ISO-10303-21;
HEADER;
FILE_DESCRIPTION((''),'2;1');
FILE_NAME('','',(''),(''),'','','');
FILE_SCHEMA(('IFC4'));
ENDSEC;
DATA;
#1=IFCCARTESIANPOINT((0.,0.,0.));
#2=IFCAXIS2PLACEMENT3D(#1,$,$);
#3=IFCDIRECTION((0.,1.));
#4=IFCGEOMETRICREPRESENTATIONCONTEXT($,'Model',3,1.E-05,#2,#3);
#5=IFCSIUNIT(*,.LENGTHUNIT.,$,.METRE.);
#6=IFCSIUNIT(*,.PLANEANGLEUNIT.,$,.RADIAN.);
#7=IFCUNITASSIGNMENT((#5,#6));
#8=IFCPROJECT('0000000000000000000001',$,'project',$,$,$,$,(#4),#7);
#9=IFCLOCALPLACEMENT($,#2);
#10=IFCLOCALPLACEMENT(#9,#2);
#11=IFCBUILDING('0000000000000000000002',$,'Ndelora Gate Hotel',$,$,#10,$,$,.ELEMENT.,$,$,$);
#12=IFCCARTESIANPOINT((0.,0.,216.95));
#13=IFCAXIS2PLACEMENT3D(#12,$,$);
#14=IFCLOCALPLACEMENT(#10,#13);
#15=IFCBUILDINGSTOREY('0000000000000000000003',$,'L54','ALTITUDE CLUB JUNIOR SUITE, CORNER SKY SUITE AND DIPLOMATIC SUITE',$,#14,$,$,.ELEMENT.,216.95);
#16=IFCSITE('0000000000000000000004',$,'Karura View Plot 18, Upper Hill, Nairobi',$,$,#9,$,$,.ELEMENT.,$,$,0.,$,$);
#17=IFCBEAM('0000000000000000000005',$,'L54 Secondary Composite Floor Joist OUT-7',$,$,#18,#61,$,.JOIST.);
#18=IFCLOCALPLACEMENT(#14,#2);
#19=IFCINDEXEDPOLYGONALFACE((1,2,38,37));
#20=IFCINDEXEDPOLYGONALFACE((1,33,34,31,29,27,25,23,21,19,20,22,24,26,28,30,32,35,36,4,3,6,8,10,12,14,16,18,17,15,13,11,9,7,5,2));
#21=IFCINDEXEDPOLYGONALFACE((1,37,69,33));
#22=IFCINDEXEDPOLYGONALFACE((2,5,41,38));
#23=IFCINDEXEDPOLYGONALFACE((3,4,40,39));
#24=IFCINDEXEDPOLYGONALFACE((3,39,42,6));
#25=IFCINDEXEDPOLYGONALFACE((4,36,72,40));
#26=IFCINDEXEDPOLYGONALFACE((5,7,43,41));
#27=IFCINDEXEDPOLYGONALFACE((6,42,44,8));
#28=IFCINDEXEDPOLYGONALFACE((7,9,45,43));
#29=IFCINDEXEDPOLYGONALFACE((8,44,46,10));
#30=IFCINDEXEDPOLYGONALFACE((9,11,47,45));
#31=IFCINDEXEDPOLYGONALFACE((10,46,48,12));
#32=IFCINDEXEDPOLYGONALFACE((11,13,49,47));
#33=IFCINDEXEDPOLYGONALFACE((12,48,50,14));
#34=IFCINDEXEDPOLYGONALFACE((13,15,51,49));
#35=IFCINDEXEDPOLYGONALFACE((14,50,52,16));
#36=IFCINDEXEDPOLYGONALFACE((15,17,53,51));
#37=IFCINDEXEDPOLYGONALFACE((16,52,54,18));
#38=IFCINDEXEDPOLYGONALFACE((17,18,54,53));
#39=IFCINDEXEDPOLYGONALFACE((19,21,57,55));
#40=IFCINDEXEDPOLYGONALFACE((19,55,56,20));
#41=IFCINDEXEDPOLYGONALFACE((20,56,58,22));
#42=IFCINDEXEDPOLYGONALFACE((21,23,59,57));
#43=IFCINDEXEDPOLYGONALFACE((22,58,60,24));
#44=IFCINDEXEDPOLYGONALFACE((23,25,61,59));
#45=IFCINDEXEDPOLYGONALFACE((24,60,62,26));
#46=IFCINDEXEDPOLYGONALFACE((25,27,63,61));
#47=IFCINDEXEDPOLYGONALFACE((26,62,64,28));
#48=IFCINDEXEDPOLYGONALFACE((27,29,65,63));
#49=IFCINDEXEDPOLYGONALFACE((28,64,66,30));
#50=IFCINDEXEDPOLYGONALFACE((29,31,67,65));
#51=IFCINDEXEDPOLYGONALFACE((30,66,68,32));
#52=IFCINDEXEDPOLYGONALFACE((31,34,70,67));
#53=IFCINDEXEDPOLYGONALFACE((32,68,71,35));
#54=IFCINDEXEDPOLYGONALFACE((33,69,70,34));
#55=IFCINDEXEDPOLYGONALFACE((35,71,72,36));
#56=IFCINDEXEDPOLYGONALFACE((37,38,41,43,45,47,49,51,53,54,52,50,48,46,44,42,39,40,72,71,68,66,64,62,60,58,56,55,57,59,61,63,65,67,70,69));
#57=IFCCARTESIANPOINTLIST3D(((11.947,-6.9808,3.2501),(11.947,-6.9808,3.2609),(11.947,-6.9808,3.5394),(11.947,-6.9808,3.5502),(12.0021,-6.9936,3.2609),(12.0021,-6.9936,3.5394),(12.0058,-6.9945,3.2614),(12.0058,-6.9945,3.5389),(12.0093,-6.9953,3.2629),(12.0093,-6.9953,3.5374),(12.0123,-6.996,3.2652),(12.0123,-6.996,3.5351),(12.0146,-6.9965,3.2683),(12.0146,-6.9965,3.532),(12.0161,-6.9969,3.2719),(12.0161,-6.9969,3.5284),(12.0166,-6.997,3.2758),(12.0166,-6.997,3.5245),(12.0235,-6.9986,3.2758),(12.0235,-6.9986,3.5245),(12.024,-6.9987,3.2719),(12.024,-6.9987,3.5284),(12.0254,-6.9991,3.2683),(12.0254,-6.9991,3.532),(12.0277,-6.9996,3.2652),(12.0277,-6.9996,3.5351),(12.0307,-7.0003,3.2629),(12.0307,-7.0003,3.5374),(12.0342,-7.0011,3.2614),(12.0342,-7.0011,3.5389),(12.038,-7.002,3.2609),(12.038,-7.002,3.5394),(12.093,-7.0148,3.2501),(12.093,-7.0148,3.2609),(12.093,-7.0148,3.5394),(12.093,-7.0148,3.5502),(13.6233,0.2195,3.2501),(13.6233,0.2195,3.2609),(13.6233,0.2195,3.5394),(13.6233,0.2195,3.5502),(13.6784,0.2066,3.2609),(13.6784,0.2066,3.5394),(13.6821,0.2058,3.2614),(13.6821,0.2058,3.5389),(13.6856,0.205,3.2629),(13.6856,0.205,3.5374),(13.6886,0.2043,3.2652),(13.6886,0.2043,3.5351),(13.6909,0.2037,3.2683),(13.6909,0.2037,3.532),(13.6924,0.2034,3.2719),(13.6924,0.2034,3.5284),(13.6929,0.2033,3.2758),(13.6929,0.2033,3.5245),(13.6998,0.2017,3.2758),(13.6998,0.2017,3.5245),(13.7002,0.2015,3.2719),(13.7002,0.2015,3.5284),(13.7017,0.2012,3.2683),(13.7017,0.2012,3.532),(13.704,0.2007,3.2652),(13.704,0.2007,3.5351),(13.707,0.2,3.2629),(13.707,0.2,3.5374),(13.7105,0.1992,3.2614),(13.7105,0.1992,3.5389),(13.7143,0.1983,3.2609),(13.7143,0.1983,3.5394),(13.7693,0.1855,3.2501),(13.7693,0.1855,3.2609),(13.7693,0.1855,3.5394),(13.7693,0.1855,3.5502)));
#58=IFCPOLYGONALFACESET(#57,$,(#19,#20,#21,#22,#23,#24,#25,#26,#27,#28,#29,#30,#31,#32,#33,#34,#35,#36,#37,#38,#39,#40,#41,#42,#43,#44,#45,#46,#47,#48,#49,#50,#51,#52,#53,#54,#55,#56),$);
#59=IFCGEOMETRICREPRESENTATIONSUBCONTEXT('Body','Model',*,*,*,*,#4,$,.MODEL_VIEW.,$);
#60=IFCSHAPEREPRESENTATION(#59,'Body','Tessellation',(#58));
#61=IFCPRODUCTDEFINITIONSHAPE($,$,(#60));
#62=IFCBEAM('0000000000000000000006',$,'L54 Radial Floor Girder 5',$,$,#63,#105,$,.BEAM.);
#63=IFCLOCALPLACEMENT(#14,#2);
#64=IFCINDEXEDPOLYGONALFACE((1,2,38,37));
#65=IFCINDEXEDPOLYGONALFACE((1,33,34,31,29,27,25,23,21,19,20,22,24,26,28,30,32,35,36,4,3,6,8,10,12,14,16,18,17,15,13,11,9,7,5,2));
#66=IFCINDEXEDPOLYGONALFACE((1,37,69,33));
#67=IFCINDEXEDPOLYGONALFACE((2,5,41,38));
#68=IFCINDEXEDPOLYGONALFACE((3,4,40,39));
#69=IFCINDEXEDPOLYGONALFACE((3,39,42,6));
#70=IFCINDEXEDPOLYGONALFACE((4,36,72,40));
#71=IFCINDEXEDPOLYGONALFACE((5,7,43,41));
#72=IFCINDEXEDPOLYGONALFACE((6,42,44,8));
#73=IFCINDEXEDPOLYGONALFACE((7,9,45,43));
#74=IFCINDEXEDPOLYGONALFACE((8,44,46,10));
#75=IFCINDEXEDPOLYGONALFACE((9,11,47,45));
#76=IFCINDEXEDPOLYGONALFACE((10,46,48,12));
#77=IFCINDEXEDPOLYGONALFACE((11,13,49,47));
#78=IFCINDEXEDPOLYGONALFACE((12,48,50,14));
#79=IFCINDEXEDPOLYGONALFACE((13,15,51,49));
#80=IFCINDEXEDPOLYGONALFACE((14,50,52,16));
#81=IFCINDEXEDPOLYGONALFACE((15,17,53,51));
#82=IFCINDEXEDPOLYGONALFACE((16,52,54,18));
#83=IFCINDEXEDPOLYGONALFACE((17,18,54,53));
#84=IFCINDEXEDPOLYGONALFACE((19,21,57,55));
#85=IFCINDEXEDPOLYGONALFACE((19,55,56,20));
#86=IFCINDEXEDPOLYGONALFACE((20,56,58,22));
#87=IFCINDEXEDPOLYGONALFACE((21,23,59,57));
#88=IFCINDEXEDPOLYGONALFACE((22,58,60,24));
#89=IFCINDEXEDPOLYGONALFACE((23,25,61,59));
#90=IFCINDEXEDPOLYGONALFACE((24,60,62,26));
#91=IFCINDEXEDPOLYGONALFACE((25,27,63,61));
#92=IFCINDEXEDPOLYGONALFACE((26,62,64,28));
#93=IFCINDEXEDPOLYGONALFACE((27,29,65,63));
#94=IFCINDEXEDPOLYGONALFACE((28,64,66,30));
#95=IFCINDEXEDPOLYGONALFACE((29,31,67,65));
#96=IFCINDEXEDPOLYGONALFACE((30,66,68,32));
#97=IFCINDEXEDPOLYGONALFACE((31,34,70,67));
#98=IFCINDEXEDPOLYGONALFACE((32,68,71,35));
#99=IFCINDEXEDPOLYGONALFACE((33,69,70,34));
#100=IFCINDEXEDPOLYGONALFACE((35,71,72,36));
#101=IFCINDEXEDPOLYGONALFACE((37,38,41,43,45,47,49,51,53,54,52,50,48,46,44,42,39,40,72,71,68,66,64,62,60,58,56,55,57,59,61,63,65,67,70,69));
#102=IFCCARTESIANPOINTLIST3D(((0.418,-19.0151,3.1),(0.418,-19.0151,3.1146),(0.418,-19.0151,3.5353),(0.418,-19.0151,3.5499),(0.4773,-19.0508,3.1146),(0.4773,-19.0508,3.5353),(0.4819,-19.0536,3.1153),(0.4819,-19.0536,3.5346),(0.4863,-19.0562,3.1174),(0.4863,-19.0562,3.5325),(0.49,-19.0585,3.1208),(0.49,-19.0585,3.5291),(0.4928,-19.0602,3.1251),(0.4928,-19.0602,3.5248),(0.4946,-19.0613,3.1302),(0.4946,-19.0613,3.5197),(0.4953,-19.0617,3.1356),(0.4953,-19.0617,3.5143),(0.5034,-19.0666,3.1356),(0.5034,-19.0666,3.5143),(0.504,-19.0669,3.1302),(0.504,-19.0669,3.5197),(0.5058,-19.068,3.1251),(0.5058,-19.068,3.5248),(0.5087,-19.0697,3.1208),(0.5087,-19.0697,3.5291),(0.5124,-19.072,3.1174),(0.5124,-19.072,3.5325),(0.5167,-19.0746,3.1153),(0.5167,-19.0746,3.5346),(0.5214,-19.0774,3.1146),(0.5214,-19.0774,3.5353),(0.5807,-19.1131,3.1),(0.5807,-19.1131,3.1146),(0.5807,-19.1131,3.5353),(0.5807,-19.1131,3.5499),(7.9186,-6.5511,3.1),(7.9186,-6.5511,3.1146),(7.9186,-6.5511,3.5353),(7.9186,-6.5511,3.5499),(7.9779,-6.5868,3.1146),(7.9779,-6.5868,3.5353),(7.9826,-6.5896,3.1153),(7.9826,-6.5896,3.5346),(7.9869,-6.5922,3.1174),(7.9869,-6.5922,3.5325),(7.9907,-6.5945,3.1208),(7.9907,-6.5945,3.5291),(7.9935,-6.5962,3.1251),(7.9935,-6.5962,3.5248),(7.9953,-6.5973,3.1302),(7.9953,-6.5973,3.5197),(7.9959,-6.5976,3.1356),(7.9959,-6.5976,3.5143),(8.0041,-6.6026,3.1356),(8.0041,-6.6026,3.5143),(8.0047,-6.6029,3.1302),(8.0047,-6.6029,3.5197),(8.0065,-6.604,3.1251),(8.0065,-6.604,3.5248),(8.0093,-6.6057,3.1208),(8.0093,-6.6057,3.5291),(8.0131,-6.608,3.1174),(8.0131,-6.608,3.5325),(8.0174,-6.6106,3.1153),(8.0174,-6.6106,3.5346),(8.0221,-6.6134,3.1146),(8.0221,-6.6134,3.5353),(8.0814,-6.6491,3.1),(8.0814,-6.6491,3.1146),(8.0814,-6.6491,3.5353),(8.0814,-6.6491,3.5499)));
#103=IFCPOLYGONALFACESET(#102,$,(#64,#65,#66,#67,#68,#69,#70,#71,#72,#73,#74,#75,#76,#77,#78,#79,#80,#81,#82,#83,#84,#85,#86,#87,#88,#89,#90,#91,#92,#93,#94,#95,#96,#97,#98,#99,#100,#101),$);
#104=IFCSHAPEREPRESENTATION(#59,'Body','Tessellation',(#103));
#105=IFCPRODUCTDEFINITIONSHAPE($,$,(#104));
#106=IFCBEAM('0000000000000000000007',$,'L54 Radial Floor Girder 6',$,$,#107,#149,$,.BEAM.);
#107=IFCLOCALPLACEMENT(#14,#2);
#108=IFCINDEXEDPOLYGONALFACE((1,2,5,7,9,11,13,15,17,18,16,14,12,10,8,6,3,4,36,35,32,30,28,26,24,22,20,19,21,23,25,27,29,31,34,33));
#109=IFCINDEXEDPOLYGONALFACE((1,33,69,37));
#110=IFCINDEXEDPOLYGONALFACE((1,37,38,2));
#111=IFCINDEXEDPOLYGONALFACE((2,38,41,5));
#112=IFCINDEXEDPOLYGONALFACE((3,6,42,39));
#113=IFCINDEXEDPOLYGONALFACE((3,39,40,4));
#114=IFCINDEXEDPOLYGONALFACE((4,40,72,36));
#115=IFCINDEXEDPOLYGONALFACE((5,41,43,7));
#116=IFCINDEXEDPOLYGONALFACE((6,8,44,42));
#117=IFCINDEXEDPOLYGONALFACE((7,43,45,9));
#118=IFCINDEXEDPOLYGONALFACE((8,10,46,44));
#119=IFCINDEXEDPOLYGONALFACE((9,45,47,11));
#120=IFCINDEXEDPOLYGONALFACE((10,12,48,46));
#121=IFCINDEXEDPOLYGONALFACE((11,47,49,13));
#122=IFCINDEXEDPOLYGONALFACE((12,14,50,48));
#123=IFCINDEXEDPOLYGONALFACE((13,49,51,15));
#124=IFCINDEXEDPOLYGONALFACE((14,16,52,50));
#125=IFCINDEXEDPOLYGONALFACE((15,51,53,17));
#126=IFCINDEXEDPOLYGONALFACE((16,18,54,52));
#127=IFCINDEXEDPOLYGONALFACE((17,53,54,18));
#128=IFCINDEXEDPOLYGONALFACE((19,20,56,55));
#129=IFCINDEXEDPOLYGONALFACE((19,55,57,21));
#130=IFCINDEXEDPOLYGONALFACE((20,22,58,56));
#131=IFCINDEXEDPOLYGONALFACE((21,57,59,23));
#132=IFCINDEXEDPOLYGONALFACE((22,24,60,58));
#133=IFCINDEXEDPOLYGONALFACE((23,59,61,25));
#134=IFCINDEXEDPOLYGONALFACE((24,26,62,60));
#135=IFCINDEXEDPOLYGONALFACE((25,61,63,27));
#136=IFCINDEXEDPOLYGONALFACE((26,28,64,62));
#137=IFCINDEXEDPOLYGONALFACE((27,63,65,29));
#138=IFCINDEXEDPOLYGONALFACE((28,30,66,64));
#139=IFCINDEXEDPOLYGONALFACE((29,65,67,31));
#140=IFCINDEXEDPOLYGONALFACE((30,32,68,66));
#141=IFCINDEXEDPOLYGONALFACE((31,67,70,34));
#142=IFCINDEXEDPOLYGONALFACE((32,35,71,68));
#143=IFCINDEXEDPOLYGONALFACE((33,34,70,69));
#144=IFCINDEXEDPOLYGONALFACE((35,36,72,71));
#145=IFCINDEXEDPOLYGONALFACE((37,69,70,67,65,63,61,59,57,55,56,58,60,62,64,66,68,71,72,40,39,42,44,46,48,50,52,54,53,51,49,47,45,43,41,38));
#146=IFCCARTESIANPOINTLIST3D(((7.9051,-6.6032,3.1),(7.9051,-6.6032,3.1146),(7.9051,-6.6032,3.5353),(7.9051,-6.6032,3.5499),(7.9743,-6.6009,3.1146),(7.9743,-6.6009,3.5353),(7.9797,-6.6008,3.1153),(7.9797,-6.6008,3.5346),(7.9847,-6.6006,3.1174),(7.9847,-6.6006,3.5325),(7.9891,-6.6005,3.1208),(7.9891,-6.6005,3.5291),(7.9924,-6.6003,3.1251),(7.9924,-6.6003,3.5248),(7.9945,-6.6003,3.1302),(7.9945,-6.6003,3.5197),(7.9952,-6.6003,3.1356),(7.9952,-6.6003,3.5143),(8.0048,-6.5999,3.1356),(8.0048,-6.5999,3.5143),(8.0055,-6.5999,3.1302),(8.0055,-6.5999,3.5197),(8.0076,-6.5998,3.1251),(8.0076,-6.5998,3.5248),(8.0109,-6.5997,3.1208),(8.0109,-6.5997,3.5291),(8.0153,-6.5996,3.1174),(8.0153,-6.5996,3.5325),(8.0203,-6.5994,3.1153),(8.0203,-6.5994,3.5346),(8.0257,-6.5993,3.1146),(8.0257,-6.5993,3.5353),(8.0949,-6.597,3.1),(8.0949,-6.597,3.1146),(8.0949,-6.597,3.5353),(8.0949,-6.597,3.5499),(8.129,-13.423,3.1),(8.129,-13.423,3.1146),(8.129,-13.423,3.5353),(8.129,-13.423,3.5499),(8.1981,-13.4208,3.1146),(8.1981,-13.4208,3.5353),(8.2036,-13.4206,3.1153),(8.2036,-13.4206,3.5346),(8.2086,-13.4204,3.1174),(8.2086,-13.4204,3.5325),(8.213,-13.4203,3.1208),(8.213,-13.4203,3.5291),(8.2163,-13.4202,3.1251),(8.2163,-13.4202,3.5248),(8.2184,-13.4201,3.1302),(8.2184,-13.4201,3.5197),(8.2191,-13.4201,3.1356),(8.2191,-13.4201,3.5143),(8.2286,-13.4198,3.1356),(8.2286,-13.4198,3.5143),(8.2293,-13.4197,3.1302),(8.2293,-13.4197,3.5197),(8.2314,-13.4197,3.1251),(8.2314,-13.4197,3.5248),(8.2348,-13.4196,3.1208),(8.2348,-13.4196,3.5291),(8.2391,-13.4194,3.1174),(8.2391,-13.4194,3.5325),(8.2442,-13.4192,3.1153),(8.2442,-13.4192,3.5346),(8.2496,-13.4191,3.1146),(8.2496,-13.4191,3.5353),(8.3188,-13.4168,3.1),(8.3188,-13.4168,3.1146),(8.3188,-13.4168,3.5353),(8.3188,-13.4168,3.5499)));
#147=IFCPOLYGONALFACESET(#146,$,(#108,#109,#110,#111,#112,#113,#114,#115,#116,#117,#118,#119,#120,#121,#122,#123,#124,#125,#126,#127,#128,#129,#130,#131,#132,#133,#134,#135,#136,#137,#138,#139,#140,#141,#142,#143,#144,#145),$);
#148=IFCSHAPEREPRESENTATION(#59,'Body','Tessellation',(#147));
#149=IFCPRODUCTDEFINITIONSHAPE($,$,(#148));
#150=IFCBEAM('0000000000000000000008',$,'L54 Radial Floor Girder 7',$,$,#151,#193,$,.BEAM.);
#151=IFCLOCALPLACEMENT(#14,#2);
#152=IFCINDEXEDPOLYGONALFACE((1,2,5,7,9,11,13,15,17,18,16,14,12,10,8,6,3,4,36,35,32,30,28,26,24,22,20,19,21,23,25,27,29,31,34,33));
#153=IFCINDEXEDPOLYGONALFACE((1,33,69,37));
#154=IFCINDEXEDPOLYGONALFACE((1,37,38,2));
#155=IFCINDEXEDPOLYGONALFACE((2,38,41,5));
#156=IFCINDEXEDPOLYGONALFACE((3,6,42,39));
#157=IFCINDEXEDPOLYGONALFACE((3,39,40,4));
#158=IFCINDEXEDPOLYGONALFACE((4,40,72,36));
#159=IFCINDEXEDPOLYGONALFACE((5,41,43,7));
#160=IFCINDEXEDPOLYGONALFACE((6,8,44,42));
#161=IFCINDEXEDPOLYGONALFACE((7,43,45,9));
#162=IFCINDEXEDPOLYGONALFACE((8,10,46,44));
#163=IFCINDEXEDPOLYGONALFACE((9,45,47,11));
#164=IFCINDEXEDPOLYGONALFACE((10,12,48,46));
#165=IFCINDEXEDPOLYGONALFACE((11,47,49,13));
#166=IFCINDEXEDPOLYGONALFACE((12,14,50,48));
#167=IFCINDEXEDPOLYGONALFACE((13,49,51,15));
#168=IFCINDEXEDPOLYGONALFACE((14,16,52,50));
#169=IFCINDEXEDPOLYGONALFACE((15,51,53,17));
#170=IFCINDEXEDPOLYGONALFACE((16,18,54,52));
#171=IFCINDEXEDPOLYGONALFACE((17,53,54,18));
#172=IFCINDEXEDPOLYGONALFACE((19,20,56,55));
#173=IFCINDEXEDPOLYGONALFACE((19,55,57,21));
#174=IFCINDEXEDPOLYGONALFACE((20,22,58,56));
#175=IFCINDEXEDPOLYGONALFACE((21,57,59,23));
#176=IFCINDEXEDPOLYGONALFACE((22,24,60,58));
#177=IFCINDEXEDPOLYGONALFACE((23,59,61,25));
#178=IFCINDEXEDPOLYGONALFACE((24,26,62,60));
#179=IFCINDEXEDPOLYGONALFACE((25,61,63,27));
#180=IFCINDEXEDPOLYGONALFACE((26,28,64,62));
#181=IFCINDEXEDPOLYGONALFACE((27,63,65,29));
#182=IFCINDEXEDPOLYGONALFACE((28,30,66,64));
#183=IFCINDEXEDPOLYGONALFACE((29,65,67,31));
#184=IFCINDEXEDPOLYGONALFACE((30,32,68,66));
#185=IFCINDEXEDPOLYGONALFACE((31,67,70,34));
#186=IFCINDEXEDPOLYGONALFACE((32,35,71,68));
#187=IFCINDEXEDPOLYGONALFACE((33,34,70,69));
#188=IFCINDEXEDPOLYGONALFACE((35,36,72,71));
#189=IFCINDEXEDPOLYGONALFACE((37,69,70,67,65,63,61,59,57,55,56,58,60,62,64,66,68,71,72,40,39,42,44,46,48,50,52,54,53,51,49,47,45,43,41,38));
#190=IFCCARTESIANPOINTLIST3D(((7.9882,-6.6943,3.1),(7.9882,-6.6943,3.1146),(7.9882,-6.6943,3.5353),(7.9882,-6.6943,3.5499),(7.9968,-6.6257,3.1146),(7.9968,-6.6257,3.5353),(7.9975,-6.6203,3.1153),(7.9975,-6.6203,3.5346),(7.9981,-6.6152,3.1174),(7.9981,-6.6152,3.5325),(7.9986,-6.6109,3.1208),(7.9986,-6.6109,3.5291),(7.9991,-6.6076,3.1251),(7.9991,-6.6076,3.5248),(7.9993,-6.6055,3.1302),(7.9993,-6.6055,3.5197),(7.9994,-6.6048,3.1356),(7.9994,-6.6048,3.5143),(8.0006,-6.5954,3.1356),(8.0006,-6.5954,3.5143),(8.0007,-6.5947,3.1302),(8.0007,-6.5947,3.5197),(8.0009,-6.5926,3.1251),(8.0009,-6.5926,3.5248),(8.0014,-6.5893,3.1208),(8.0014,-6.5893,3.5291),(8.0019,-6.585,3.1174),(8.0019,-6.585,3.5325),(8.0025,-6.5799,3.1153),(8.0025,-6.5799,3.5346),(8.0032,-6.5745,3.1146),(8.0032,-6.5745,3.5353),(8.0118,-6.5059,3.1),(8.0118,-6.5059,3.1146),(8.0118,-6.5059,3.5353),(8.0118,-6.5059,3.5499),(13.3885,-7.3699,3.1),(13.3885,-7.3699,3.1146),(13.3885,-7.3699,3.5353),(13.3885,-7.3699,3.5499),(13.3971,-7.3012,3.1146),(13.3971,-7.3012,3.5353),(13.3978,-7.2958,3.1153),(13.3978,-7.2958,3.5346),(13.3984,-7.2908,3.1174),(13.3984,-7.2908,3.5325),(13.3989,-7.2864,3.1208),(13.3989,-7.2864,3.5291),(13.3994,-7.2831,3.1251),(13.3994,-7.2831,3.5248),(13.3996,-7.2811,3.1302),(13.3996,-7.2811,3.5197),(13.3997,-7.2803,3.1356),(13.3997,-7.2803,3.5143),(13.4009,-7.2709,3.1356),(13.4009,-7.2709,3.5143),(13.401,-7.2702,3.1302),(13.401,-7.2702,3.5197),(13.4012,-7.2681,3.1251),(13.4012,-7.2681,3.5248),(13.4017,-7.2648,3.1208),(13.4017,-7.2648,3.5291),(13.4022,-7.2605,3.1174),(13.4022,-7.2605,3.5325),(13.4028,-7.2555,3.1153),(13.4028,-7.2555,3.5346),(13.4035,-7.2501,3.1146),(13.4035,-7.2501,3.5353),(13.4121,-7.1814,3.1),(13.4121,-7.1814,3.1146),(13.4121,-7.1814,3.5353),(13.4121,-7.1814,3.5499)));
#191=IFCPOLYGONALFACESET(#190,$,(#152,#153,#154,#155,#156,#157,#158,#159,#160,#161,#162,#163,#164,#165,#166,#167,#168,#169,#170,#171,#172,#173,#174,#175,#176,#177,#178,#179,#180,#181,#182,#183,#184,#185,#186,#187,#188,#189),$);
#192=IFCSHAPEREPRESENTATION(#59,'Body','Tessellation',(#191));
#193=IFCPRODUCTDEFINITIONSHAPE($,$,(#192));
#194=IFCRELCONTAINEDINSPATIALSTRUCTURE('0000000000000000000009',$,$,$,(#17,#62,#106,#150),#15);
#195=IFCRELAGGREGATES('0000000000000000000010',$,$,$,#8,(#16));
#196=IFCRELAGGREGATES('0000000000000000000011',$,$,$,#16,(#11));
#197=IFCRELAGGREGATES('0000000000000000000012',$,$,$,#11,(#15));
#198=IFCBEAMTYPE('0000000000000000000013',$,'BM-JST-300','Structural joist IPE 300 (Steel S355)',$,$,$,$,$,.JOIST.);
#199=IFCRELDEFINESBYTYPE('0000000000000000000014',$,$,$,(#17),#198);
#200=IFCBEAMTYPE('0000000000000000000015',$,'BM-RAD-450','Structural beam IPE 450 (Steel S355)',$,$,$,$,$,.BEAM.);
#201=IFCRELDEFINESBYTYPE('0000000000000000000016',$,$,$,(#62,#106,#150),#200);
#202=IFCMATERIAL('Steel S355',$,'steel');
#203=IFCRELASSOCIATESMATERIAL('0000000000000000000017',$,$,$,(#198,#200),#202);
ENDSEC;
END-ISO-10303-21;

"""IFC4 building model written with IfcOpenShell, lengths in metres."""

from ifc_helpers import new_model, si_unit, direction, frame, origin, origin_2d, place, context, subcontext, project, spatial, i_section, extrude, material, material_profile, profile_set, type_object, element, save


model = new_model("IFC4")

# Units and contexts
model_context = context("Model", 3, precision=1e-05, world=origin(), true_north=direction((0.0, 1.0)))
body_context = subcontext(model_context, "Body", "Model", "MODEL_VIEW")
ifc_project = project(units=[si_unit("LENGTHUNIT", "METRE"), si_unit("PLANEANGLEUNIT", "RADIAN")], contexts=[model_context])

# Site, building, storey
site_placement = place(None, origin())
site = spatial("IfcSite", under=ifc_project, at=site_placement, Name="Karura View Plot 18, Upper Hill, Nairobi", CompositionType="ELEMENT", RefElevation=0.0)
building_placement = place(site_placement, origin())
building = spatial("IfcBuilding", under=site, at=building_placement, Name="Ndelora Gate Hotel", CompositionType="ELEMENT")
storey_placement = place(building_placement, frame((0.0, 0.0, 216.95)))
storey = spatial("IfcBuildingStorey", under=building, at=storey_placement, Name="L54", Description="ALTITUDE CLUB JUNIOR SUITE, CORNER SKY SUITE AND DIPLOMATIC SUITE", CompositionType="ELEMENT", Elevation=216.95)

# Beams
ifc_material_1 = material(Name="Steel S355", Category="steel")
ifc_material_profile_1 = material_profile(ifc_material_1, i_section(OverallWidth=0.1499, OverallDepth=0.3, WebThickness=0.0071, FlangeThickness=0.0107, FilletRadius=0.0149, at=origin_2d()), Name="IPE 300")
ifc_profile_set_1 = profile_set([ifc_material_profile_1], Name="Steel S355")
beam_type_1 = type_object("IfcBeamType", Name="BM-JST-300", Description="Structural joist IPE 300 (Steel S355)", PredefinedType="JOIST", material=ifc_profile_set_1)
beam_1_placement = place(storey_placement, frame((12.02, -6.9978, 3.4001), z_axis=(0.226745, 0.973954, 0.0), x_axis=(-0.973954, 0.226745, 0.0)))
element("IfcBeam", 1, at=beam_1_placement, inside=storey, type_object=beam_type_1, Name="L54 Secondary Composite Floor Joist OUT-7", PredefinedType="JOIST", context=body_context, shape_type="SweptSolid", body=[
    extrude(i_section(OverallWidth=0.1499, OverallDepth=0.3, WebThickness=0.0071, FlangeThickness=0.0107, FilletRadius=0.0149, at=origin_2d()), origin(), (0.0, 0.0, 1.0), 7.3928),
])
ifc_material_profile_2 = material_profile(ifc_material_1, i_section(OverallWidth=0.1899, OverallDepth=0.45, WebThickness=0.0095, FlangeThickness=0.0146, FilletRadius=0.021, at=origin_2d()), Name="IPE 450")
ifc_profile_set_2 = profile_set([ifc_material_profile_2], Name="Steel S355")
beam_type_2 = type_object("IfcBeamType", Name="BM-RAD-450", Description="Structural beam IPE 450 (Steel S355)", PredefinedType="BEAM", material=ifc_profile_set_2)
beam_2_placement = place(storey_placement, frame((8.0, -6.6001, 3.325), z_axis=(-0.515621, -0.856817, 0.0), x_axis=(0.856817, -0.515621, 0.0)))
element("IfcBeam", 2, at=beam_2_placement, inside=storey, type_object=beam_type_2, Name="L54 Radial Floor Girder 5", PredefinedType="BEAM", context=body_context, shape_type="SweptSolid", body=[
    extrude(i_section(OverallWidth=0.1899, OverallDepth=0.45, WebThickness=0.0095, FlangeThickness=0.0146, FilletRadius=0.021, at=origin_2d()), origin(), (0.0, 0.0, 1.0), 14.5469),
])
beam_3_placement = place(storey_placement, frame((8.0, -6.6001, 3.325), z_axis=(0.03281, -0.999462, 0.0), x_axis=(0.999462, 0.03281, 0.0)))
element("IfcBeam", 3, at=beam_3_placement, inside=storey, type_object=beam_type_2, Name="L54 Radial Floor Girder 6", PredefinedType="BEAM", context=body_context, shape_type="SweptSolid", body=[
    extrude(i_section(OverallWidth=0.1899, OverallDepth=0.45, WebThickness=0.0095, FlangeThickness=0.0146, FilletRadius=0.021, at=origin_2d()), origin(), (0.0, 0.0, 1.0), 6.8235),
])
beam_4_placement = place(storey_placement, frame((8.0, -6.6001, 3.325), z_axis=(0.992267, -0.124123, 0.0), x_axis=(0.124123, 0.992267, 0.0)))
element("IfcBeam", 4, at=beam_4_placement, inside=storey, type_object=beam_type_2, Name="L54 Radial Floor Girder 7", PredefinedType="BEAM", context=body_context, shape_type="SweptSolid", body=[
    extrude(i_section(OverallWidth=0.1899, OverallDepth=0.45, WebThickness=0.0095, FlangeThickness=0.0146, FilletRadius=0.021, at=origin_2d()), origin(), (0.0, 0.0, 1.0), 5.4424),
])

save(model, "model.ifc")
